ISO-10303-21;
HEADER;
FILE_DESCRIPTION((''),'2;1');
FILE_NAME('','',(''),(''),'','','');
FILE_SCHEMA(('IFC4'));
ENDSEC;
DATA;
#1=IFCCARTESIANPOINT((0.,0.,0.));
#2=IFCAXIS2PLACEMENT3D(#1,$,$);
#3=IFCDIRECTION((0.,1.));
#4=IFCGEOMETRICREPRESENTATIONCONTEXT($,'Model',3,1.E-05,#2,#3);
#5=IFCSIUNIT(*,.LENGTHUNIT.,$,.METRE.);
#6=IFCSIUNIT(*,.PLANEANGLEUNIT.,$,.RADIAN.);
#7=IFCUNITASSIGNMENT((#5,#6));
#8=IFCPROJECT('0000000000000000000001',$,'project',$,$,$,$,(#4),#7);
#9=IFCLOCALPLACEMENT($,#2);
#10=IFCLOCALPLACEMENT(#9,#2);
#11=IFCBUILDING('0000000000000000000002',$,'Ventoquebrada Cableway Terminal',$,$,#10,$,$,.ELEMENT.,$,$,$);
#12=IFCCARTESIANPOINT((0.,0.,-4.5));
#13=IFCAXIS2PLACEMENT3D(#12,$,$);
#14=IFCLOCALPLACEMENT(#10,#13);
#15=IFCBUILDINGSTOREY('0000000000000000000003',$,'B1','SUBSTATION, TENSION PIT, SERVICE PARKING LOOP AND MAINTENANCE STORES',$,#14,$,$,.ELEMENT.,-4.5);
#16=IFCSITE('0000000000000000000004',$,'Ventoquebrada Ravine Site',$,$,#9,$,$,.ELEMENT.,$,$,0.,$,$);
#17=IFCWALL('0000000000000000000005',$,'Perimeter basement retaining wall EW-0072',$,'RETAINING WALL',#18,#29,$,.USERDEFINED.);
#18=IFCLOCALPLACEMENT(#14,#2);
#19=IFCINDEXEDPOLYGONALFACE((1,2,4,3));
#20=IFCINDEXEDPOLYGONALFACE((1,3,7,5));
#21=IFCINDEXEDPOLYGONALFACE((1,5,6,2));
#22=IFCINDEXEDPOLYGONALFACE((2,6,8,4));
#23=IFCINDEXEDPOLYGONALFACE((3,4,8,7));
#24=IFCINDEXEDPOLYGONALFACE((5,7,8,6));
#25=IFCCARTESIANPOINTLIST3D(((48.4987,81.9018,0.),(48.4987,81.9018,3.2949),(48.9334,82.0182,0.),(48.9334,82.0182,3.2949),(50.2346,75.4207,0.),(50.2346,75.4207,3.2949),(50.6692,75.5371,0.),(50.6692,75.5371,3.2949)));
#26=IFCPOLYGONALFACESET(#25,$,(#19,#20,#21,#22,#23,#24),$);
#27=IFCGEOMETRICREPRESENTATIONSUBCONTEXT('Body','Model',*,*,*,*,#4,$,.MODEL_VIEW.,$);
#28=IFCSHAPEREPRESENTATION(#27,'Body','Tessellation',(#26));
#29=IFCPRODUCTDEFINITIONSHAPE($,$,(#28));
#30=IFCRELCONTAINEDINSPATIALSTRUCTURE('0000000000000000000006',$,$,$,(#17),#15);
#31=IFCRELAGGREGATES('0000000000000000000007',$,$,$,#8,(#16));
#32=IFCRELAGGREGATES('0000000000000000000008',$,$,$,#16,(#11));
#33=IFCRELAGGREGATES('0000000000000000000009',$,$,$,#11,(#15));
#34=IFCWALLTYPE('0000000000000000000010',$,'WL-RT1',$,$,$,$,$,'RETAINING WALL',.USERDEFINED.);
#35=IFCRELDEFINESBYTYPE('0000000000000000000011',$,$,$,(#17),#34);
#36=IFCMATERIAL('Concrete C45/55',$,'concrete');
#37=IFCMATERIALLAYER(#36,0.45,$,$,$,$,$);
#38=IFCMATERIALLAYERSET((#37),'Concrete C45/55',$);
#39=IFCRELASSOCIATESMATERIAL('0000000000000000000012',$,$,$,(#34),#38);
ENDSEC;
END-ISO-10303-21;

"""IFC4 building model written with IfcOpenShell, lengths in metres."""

from ifc_helpers import new_model, si_unit, direction, frame, frame_2d, origin, place, context, subcontext, project, spatial, rectangle, extrude, material, layer, layer_set, type_object, element, save


model = new_model("IFC4")

# Units and contexts
model_context = context("Model", 3, precision=1e-05, world=origin(), true_north=direction((0.0, 1.0)))
body_context = subcontext(model_context, "Body", "Model", "MODEL_VIEW")
ifc_project = project(units=[si_unit("LENGTHUNIT", "METRE"), si_unit("PLANEANGLEUNIT", "RADIAN")], contexts=[model_context])

# Site, building, storey
site_placement = place(None, origin())
site = spatial("IfcSite", under=ifc_project, at=site_placement, Name="Ventoquebrada Ravine Site", CompositionType="ELEMENT", RefElevation=0.0)
building_placement = place(site_placement, origin())
building = spatial("IfcBuilding", under=site, at=building_placement, Name="Ventoquebrada Cableway Terminal", CompositionType="ELEMENT")
storey_placement = place(building_placement, frame((0.0, 0.0, -4.5)))
storey = spatial("IfcBuildingStorey", under=building, at=storey_placement, Name="B1", Description="SUBSTATION, TENSION PIT, SERVICE PARKING LOOP AND MAINTENANCE STORES", CompositionType="ELEMENT", Elevation=-4.5)

# Wall
ifc_material_1 = material(Name="Concrete C45/55", Category="concrete")
ifc_layer_1 = layer(ifc_material_1, 0.45)
ifc_layer_set_1 = layer_set([ifc_layer_1], Name="Concrete C45/55")
wall_type_1 = type_object("IfcWallType", Name="WL-RT1", ElementType="RETAINING WALL", PredefinedType="USERDEFINED", material=ifc_layer_set_1)
wall_1_placement = place(storey_placement, frame((48.7161, 81.96, 0.0), z_axis=(0.0, 0.0, 1.0), x_axis=(0.258718, -0.965953, 0.0)))
element("IfcWall", 1, at=wall_1_placement, inside=storey, type_object=wall_type_1, Name="Perimeter basement retaining wall EW-0072", ObjectType="RETAINING WALL", PredefinedType="USERDEFINED", context=body_context, shape_type="SweptSolid", body=[
    extrude(rectangle(XDim=6.7095, YDim=0.45, at=frame_2d((3.3547, 0.0))), origin(), (0.0, 0.0, 1.0), 3.2949),
])

save(model, "model.ifc")
